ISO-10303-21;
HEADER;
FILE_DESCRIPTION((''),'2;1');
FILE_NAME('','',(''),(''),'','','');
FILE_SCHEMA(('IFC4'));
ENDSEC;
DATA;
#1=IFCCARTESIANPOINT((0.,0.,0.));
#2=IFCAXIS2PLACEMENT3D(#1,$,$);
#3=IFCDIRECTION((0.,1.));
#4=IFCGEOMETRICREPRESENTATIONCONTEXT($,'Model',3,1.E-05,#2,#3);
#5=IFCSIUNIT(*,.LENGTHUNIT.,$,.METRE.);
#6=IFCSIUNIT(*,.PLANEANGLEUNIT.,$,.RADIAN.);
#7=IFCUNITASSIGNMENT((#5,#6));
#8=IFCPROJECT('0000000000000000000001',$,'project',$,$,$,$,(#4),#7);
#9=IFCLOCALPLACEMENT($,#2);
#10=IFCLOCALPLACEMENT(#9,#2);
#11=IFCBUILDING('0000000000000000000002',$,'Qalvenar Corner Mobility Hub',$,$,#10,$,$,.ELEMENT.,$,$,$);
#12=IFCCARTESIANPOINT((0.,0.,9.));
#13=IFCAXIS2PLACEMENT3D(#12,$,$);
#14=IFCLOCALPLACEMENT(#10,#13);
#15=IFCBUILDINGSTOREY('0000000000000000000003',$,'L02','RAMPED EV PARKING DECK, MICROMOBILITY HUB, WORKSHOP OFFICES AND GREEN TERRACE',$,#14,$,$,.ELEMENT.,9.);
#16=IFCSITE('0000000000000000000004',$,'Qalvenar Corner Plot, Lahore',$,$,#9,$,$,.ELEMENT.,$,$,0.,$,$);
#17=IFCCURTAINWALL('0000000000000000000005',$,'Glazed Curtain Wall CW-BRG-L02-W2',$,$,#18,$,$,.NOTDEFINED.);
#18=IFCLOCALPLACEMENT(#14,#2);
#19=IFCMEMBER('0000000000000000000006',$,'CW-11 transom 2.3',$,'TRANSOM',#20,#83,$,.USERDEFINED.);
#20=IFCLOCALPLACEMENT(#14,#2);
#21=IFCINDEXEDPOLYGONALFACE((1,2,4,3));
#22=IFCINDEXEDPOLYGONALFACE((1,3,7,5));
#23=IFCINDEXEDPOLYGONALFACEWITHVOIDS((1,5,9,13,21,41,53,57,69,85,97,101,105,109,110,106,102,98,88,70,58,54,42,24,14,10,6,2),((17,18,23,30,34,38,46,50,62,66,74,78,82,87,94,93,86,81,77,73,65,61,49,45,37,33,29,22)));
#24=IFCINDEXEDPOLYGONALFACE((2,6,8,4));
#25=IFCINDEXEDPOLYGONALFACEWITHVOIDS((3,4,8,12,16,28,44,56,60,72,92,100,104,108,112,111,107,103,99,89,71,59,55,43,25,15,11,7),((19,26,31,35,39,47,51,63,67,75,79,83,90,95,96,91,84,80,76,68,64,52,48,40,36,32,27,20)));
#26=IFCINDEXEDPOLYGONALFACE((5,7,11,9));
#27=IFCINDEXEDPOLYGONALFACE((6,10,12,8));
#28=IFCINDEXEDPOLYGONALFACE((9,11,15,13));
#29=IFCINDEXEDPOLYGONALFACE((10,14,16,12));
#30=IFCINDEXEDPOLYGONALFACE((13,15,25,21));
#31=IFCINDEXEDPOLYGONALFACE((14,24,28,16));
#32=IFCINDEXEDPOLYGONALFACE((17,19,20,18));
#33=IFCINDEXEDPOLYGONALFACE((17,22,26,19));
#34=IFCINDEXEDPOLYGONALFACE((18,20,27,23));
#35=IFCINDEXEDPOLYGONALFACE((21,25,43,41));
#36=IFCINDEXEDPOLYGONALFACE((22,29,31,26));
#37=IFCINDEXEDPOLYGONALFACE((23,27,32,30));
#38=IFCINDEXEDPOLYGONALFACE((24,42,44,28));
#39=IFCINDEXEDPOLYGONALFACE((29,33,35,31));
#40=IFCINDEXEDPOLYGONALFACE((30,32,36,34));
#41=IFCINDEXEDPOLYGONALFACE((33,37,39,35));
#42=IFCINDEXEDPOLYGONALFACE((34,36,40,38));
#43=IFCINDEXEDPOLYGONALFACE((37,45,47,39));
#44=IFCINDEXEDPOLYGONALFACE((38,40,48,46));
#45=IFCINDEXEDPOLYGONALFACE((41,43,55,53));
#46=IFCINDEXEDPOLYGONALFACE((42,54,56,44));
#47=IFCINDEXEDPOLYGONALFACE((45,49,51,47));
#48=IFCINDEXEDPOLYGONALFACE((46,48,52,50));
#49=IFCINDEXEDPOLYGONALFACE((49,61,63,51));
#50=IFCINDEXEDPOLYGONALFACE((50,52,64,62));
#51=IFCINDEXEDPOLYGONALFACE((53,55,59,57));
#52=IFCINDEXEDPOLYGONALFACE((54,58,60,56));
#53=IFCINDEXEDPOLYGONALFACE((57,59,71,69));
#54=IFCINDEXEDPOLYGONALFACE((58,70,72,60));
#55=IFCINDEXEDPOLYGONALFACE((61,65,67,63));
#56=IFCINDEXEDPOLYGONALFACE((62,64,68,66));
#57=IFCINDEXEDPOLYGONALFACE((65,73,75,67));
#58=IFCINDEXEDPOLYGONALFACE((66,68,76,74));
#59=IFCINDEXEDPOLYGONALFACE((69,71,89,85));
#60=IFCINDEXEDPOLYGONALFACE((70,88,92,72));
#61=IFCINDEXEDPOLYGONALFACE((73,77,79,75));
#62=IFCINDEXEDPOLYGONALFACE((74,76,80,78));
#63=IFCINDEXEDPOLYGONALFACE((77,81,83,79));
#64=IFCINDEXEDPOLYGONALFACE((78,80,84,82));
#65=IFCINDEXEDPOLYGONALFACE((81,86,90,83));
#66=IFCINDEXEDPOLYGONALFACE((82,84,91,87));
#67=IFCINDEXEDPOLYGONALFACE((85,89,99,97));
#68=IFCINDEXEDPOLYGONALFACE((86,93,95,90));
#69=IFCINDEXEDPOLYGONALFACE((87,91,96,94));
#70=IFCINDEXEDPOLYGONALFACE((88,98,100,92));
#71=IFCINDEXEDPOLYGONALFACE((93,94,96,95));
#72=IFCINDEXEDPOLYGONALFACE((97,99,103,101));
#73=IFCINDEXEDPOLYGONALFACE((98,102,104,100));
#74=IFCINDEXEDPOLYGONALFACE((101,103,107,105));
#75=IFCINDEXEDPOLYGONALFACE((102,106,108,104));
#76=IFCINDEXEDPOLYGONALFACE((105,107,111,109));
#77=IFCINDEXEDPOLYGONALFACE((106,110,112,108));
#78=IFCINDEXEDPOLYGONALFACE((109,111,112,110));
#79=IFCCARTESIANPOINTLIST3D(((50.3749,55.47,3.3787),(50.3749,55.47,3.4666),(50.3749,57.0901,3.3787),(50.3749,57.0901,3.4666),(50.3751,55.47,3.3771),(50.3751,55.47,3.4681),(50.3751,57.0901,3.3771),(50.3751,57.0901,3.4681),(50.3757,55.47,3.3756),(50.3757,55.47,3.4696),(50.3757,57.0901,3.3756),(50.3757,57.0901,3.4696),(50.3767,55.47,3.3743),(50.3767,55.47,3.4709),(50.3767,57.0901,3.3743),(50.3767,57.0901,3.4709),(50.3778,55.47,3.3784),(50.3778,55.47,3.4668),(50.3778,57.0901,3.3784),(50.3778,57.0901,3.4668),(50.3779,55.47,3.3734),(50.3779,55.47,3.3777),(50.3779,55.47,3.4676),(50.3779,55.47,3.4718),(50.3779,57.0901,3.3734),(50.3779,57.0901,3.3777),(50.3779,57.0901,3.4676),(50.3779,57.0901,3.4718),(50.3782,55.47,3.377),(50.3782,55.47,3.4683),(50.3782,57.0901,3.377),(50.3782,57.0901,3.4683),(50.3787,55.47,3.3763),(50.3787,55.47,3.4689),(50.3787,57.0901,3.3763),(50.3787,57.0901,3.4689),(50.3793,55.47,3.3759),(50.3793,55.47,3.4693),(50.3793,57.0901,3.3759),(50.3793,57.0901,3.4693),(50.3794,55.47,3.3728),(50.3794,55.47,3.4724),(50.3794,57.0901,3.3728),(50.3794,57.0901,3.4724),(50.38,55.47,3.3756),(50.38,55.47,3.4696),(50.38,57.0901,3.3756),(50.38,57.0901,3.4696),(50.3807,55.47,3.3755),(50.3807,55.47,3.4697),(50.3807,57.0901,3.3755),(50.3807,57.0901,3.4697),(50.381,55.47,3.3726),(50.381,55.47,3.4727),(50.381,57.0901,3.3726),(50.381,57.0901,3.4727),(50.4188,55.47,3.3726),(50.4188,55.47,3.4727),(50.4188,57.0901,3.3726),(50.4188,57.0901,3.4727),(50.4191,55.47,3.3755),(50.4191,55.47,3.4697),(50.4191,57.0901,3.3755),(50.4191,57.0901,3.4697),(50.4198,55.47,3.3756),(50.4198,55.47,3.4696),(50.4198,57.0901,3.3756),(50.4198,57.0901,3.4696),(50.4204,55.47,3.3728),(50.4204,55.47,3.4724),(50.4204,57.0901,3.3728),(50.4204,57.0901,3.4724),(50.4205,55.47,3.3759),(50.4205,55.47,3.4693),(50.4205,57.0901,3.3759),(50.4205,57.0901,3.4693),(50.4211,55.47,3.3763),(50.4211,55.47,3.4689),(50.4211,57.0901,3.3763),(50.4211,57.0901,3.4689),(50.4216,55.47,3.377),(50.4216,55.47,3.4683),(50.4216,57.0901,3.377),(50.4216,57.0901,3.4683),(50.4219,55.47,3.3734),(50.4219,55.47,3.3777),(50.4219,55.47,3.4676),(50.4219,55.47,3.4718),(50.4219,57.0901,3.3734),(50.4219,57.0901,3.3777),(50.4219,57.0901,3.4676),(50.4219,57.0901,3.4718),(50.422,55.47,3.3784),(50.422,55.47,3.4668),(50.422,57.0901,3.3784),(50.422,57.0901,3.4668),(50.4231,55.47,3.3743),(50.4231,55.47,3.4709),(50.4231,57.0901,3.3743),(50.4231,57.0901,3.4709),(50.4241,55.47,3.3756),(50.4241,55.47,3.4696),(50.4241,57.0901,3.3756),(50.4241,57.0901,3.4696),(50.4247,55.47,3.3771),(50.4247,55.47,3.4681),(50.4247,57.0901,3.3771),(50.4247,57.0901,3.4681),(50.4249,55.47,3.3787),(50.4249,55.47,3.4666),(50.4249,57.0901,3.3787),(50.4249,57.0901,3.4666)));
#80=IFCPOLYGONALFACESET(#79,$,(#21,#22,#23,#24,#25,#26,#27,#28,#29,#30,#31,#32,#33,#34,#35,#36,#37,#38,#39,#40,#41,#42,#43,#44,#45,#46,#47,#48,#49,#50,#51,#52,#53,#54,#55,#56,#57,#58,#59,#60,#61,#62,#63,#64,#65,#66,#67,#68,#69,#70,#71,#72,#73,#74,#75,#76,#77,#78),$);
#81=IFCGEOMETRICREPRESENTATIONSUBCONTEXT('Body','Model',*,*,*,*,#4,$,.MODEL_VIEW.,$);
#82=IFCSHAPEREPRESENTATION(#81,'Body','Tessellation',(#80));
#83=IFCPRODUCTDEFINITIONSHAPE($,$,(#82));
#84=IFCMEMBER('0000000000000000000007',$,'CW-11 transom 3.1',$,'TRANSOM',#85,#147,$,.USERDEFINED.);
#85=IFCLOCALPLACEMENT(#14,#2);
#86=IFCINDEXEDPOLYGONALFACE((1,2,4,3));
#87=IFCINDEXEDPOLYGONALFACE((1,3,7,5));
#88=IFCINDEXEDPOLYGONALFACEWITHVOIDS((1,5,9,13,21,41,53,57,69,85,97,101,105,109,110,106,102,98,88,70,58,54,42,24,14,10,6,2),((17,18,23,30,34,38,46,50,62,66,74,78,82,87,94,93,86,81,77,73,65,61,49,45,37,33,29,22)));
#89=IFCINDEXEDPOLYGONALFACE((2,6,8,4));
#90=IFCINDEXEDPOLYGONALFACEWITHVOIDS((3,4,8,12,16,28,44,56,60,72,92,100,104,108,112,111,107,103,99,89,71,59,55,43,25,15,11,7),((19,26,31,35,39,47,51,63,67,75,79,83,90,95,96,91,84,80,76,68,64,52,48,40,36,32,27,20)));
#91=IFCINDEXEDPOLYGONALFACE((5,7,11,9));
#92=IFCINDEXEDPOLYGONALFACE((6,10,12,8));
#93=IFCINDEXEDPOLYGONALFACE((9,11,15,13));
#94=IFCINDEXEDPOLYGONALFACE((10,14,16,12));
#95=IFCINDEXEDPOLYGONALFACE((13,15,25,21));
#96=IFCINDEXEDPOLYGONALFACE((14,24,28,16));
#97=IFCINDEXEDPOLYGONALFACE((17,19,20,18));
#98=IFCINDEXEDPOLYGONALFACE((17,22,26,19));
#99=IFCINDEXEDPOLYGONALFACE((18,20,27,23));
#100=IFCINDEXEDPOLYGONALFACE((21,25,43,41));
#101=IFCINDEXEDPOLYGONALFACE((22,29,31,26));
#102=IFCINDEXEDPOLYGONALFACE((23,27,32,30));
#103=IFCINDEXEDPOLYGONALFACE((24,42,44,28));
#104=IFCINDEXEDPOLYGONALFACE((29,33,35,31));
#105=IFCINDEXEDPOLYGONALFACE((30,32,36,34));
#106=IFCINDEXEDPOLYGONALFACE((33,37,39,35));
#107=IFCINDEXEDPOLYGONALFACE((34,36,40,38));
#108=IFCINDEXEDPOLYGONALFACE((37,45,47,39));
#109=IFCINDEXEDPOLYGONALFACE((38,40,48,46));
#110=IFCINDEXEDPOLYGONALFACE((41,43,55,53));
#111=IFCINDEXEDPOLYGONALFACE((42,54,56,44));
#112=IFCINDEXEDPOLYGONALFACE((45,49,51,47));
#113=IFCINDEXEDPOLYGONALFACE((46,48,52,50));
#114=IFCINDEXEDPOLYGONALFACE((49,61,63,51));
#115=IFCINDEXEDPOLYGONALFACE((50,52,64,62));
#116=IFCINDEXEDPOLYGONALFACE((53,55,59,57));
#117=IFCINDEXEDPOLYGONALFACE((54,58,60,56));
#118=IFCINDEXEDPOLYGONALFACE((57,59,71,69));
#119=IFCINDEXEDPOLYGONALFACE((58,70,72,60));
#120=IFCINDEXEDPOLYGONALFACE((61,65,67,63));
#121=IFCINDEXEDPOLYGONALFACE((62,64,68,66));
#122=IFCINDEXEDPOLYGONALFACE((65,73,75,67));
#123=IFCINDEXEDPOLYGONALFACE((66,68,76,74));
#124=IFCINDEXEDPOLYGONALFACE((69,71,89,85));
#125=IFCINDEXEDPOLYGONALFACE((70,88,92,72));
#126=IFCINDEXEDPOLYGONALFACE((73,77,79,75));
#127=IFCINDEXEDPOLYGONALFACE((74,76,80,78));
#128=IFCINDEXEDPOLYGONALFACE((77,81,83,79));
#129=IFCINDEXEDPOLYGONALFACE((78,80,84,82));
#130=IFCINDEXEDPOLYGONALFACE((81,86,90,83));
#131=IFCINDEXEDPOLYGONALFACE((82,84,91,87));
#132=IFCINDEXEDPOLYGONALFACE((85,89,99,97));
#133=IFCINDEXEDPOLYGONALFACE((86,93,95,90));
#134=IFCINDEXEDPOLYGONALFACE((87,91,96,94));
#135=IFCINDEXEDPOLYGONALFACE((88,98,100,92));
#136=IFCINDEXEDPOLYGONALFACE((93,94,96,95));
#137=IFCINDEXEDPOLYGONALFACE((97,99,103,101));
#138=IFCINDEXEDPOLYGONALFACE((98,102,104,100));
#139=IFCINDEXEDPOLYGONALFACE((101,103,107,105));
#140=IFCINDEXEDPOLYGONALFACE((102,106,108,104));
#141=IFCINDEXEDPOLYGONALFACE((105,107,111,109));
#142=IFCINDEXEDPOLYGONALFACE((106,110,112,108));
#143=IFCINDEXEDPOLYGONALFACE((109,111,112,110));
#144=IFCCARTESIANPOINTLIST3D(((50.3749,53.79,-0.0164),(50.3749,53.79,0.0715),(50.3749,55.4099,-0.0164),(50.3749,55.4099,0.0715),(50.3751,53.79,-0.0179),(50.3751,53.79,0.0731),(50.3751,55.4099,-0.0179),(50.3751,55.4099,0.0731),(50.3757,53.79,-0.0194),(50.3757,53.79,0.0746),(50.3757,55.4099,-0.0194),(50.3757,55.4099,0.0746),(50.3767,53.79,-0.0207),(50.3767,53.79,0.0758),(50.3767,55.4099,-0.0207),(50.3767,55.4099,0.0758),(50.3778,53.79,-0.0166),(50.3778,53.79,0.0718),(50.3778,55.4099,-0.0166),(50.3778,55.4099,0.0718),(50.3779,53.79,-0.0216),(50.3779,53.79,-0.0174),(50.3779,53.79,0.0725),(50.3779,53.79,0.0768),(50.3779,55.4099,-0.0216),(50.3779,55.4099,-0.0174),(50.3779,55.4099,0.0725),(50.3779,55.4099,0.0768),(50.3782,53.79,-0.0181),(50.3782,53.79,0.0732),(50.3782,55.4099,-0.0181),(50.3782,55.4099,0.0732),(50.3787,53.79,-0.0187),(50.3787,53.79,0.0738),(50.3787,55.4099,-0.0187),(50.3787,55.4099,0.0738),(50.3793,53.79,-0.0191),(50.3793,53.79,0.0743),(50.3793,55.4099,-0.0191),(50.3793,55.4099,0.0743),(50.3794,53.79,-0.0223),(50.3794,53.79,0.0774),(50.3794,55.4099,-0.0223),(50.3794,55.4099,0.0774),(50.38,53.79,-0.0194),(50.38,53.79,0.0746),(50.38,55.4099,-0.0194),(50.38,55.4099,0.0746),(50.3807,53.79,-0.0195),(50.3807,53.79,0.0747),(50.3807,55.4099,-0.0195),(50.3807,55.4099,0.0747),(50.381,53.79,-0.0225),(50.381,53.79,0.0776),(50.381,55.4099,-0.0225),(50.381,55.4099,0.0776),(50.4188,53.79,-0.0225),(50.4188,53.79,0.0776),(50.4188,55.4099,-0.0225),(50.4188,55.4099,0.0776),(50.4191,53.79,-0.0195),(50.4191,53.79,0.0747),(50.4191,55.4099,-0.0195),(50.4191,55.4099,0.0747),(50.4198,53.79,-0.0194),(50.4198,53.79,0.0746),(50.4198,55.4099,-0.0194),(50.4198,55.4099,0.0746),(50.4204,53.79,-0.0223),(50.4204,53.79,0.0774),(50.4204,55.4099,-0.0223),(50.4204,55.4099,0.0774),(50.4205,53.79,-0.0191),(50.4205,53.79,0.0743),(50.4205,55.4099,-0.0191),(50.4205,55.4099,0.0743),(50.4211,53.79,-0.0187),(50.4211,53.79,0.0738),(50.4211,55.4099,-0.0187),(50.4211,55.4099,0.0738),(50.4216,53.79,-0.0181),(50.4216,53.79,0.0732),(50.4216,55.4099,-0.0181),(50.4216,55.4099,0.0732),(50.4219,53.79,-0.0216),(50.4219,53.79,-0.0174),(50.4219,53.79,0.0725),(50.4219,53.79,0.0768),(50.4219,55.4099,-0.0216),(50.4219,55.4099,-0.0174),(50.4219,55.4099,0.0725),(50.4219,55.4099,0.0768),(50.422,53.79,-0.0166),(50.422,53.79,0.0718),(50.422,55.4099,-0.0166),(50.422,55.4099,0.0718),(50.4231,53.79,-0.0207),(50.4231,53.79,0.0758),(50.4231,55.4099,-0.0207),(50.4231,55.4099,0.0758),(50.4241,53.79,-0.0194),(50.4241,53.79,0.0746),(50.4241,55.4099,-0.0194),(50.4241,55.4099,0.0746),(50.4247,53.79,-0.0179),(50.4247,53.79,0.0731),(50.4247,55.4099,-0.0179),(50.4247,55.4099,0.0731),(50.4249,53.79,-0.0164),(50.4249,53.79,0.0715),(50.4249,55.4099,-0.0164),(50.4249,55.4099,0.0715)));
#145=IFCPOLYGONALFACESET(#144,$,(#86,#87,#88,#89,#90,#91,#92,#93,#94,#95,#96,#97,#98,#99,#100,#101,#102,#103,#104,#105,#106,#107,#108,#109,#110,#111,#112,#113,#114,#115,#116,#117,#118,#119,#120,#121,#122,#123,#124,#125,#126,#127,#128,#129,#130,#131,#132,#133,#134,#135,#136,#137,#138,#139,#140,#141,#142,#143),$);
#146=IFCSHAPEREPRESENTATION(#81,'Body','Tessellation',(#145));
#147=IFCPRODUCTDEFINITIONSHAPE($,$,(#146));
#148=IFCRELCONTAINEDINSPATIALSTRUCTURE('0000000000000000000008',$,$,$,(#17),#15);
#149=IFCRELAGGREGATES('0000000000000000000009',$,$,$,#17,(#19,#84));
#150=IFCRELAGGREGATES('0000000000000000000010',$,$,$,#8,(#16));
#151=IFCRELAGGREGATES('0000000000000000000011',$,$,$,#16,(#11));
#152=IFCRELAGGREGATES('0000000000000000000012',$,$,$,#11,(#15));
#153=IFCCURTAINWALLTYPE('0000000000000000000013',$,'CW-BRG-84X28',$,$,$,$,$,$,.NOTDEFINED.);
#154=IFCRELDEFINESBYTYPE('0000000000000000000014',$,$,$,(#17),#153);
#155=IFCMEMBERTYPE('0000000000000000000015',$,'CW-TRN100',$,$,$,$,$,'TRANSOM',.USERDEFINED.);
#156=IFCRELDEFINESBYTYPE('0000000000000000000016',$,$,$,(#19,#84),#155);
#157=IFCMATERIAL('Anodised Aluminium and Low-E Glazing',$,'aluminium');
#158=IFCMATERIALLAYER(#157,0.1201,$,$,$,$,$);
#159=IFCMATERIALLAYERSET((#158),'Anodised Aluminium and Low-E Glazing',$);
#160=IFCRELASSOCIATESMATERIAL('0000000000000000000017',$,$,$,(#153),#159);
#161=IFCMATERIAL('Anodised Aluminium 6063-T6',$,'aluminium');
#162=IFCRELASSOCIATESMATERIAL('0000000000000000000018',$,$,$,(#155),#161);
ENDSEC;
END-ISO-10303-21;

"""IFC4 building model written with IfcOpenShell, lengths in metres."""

from ifc_helpers import new_model, si_unit, direction, frame, origin, origin_2d, place, context, subcontext, project, spatial, hollow_rectangle, extrude, material, layer, layer_set, material_profile, profile_set, type_object, element, aggregate, save


model = new_model("IFC4")

# Units and contexts
model_context = context("Model", 3, precision=1e-05, world=origin(), true_north=direction((0.0, 1.0)))
body_context = subcontext(model_context, "Body", "Model", "MODEL_VIEW")
ifc_project = project(units=[si_unit("LENGTHUNIT", "METRE"), si_unit("PLANEANGLEUNIT", "RADIAN")], contexts=[model_context])

# Site, building, storey
site_placement = place(None, origin())
site = spatial("IfcSite", under=ifc_project, at=site_placement, Name="Qalvenar Corner Plot, Lahore", CompositionType="ELEMENT", RefElevation=0.0)
building_placement = place(site_placement, origin())
building = spatial("IfcBuilding", under=site, at=building_placement, Name="Qalvenar Corner Mobility Hub", CompositionType="ELEMENT")
storey_placement = place(building_placement, frame((0.0, 0.0, 9.0)))
storey = spatial("IfcBuildingStorey", under=building, at=storey_placement, Name="L02", Description="RAMPED EV PARKING DECK, MICROMOBILITY HUB, WORKSHOP OFFICES AND GREEN TERRACE", CompositionType="ELEMENT", Elevation=9.0)

# Curtain wall, members
ifc_material_1 = material(Name="Anodised Aluminium and Low-E Glazing", Category="aluminium")
ifc_layer_1 = layer(ifc_material_1, 0.1201)
ifc_layer_set_1 = layer_set([ifc_layer_1], Name="Anodised Aluminium and Low-E Glazing")
curtain_wall_type = type_object("IfcCurtainWallType", Name="CW-BRG-84X28", PredefinedType="NOTDEFINED", material=ifc_layer_set_1)
curtain_wall_placement = place(storey_placement, origin())
curtain_wall = element("IfcCurtainWall", 1, at=curtain_wall_placement, inside=storey, type_object=curtain_wall_type, Name="Glazed Curtain Wall CW-BRG-L02-W2", PredefinedType="NOTDEFINED")
ifc_material_2 = material(Name="Anodised Aluminium 6063-T6", Category="aluminium")
ifc_material_profile_1 = material_profile(ifc_material_2, hollow_rectangle(XDim=0.05, YDim=0.1001, WallThickness=0.0029, InnerFilletRadius=0.0029, OuterFilletRadius=0.0061, at=origin_2d()), Name="RHS100x50x3")
ifc_profile_set_1 = profile_set([ifc_material_profile_1], Name="Anodised Aluminium 6063-T6")
member_type_1 = type_object("IfcMemberType", Name="CW-TRN100", ElementType="TRANSOM", PredefinedType="USERDEFINED", material=ifc_profile_set_1)
member_1_placement = place(storey_placement, frame((50.3999, 57.0901, 3.4226), z_axis=(0.0, -1.0, 0.0), x_axis=(1.0, 0.0, 0.0)))
member_1 = element("IfcMember", 2, at=member_1_placement, type_object=member_type_1, Name="CW-11 transom 2.3", ObjectType="TRANSOM", PredefinedType="USERDEFINED", context=body_context, shape_type="SweptSolid", body=[
    extrude(hollow_rectangle(XDim=0.05, YDim=0.1001, WallThickness=0.0029, InnerFilletRadius=0.0029, OuterFilletRadius=0.0061, at=origin_2d()), origin(), (0.0, 0.0, 1.0), 1.6201),
])
member_2_placement = place(storey_placement, frame((50.3999, 55.4099, 0.0276), z_axis=(0.0, -1.0, 0.0), x_axis=(1.0, 0.0, 0.0)))
member_2 = element("IfcMember", 3, at=member_2_placement, type_object=member_type_1, Name="CW-11 transom 3.1", ObjectType="TRANSOM", PredefinedType="USERDEFINED", context=body_context, shape_type="SweptSolid", body=[
    extrude(hollow_rectangle(XDim=0.05, YDim=0.1001, WallThickness=0.0029, InnerFilletRadius=0.0029, OuterFilletRadius=0.0061, at=origin_2d()), origin(), (0.0, 0.0, 1.0), 1.6199),
])

aggregate(curtain_wall, [member_1, member_2])

save(model, "model.ifc")
